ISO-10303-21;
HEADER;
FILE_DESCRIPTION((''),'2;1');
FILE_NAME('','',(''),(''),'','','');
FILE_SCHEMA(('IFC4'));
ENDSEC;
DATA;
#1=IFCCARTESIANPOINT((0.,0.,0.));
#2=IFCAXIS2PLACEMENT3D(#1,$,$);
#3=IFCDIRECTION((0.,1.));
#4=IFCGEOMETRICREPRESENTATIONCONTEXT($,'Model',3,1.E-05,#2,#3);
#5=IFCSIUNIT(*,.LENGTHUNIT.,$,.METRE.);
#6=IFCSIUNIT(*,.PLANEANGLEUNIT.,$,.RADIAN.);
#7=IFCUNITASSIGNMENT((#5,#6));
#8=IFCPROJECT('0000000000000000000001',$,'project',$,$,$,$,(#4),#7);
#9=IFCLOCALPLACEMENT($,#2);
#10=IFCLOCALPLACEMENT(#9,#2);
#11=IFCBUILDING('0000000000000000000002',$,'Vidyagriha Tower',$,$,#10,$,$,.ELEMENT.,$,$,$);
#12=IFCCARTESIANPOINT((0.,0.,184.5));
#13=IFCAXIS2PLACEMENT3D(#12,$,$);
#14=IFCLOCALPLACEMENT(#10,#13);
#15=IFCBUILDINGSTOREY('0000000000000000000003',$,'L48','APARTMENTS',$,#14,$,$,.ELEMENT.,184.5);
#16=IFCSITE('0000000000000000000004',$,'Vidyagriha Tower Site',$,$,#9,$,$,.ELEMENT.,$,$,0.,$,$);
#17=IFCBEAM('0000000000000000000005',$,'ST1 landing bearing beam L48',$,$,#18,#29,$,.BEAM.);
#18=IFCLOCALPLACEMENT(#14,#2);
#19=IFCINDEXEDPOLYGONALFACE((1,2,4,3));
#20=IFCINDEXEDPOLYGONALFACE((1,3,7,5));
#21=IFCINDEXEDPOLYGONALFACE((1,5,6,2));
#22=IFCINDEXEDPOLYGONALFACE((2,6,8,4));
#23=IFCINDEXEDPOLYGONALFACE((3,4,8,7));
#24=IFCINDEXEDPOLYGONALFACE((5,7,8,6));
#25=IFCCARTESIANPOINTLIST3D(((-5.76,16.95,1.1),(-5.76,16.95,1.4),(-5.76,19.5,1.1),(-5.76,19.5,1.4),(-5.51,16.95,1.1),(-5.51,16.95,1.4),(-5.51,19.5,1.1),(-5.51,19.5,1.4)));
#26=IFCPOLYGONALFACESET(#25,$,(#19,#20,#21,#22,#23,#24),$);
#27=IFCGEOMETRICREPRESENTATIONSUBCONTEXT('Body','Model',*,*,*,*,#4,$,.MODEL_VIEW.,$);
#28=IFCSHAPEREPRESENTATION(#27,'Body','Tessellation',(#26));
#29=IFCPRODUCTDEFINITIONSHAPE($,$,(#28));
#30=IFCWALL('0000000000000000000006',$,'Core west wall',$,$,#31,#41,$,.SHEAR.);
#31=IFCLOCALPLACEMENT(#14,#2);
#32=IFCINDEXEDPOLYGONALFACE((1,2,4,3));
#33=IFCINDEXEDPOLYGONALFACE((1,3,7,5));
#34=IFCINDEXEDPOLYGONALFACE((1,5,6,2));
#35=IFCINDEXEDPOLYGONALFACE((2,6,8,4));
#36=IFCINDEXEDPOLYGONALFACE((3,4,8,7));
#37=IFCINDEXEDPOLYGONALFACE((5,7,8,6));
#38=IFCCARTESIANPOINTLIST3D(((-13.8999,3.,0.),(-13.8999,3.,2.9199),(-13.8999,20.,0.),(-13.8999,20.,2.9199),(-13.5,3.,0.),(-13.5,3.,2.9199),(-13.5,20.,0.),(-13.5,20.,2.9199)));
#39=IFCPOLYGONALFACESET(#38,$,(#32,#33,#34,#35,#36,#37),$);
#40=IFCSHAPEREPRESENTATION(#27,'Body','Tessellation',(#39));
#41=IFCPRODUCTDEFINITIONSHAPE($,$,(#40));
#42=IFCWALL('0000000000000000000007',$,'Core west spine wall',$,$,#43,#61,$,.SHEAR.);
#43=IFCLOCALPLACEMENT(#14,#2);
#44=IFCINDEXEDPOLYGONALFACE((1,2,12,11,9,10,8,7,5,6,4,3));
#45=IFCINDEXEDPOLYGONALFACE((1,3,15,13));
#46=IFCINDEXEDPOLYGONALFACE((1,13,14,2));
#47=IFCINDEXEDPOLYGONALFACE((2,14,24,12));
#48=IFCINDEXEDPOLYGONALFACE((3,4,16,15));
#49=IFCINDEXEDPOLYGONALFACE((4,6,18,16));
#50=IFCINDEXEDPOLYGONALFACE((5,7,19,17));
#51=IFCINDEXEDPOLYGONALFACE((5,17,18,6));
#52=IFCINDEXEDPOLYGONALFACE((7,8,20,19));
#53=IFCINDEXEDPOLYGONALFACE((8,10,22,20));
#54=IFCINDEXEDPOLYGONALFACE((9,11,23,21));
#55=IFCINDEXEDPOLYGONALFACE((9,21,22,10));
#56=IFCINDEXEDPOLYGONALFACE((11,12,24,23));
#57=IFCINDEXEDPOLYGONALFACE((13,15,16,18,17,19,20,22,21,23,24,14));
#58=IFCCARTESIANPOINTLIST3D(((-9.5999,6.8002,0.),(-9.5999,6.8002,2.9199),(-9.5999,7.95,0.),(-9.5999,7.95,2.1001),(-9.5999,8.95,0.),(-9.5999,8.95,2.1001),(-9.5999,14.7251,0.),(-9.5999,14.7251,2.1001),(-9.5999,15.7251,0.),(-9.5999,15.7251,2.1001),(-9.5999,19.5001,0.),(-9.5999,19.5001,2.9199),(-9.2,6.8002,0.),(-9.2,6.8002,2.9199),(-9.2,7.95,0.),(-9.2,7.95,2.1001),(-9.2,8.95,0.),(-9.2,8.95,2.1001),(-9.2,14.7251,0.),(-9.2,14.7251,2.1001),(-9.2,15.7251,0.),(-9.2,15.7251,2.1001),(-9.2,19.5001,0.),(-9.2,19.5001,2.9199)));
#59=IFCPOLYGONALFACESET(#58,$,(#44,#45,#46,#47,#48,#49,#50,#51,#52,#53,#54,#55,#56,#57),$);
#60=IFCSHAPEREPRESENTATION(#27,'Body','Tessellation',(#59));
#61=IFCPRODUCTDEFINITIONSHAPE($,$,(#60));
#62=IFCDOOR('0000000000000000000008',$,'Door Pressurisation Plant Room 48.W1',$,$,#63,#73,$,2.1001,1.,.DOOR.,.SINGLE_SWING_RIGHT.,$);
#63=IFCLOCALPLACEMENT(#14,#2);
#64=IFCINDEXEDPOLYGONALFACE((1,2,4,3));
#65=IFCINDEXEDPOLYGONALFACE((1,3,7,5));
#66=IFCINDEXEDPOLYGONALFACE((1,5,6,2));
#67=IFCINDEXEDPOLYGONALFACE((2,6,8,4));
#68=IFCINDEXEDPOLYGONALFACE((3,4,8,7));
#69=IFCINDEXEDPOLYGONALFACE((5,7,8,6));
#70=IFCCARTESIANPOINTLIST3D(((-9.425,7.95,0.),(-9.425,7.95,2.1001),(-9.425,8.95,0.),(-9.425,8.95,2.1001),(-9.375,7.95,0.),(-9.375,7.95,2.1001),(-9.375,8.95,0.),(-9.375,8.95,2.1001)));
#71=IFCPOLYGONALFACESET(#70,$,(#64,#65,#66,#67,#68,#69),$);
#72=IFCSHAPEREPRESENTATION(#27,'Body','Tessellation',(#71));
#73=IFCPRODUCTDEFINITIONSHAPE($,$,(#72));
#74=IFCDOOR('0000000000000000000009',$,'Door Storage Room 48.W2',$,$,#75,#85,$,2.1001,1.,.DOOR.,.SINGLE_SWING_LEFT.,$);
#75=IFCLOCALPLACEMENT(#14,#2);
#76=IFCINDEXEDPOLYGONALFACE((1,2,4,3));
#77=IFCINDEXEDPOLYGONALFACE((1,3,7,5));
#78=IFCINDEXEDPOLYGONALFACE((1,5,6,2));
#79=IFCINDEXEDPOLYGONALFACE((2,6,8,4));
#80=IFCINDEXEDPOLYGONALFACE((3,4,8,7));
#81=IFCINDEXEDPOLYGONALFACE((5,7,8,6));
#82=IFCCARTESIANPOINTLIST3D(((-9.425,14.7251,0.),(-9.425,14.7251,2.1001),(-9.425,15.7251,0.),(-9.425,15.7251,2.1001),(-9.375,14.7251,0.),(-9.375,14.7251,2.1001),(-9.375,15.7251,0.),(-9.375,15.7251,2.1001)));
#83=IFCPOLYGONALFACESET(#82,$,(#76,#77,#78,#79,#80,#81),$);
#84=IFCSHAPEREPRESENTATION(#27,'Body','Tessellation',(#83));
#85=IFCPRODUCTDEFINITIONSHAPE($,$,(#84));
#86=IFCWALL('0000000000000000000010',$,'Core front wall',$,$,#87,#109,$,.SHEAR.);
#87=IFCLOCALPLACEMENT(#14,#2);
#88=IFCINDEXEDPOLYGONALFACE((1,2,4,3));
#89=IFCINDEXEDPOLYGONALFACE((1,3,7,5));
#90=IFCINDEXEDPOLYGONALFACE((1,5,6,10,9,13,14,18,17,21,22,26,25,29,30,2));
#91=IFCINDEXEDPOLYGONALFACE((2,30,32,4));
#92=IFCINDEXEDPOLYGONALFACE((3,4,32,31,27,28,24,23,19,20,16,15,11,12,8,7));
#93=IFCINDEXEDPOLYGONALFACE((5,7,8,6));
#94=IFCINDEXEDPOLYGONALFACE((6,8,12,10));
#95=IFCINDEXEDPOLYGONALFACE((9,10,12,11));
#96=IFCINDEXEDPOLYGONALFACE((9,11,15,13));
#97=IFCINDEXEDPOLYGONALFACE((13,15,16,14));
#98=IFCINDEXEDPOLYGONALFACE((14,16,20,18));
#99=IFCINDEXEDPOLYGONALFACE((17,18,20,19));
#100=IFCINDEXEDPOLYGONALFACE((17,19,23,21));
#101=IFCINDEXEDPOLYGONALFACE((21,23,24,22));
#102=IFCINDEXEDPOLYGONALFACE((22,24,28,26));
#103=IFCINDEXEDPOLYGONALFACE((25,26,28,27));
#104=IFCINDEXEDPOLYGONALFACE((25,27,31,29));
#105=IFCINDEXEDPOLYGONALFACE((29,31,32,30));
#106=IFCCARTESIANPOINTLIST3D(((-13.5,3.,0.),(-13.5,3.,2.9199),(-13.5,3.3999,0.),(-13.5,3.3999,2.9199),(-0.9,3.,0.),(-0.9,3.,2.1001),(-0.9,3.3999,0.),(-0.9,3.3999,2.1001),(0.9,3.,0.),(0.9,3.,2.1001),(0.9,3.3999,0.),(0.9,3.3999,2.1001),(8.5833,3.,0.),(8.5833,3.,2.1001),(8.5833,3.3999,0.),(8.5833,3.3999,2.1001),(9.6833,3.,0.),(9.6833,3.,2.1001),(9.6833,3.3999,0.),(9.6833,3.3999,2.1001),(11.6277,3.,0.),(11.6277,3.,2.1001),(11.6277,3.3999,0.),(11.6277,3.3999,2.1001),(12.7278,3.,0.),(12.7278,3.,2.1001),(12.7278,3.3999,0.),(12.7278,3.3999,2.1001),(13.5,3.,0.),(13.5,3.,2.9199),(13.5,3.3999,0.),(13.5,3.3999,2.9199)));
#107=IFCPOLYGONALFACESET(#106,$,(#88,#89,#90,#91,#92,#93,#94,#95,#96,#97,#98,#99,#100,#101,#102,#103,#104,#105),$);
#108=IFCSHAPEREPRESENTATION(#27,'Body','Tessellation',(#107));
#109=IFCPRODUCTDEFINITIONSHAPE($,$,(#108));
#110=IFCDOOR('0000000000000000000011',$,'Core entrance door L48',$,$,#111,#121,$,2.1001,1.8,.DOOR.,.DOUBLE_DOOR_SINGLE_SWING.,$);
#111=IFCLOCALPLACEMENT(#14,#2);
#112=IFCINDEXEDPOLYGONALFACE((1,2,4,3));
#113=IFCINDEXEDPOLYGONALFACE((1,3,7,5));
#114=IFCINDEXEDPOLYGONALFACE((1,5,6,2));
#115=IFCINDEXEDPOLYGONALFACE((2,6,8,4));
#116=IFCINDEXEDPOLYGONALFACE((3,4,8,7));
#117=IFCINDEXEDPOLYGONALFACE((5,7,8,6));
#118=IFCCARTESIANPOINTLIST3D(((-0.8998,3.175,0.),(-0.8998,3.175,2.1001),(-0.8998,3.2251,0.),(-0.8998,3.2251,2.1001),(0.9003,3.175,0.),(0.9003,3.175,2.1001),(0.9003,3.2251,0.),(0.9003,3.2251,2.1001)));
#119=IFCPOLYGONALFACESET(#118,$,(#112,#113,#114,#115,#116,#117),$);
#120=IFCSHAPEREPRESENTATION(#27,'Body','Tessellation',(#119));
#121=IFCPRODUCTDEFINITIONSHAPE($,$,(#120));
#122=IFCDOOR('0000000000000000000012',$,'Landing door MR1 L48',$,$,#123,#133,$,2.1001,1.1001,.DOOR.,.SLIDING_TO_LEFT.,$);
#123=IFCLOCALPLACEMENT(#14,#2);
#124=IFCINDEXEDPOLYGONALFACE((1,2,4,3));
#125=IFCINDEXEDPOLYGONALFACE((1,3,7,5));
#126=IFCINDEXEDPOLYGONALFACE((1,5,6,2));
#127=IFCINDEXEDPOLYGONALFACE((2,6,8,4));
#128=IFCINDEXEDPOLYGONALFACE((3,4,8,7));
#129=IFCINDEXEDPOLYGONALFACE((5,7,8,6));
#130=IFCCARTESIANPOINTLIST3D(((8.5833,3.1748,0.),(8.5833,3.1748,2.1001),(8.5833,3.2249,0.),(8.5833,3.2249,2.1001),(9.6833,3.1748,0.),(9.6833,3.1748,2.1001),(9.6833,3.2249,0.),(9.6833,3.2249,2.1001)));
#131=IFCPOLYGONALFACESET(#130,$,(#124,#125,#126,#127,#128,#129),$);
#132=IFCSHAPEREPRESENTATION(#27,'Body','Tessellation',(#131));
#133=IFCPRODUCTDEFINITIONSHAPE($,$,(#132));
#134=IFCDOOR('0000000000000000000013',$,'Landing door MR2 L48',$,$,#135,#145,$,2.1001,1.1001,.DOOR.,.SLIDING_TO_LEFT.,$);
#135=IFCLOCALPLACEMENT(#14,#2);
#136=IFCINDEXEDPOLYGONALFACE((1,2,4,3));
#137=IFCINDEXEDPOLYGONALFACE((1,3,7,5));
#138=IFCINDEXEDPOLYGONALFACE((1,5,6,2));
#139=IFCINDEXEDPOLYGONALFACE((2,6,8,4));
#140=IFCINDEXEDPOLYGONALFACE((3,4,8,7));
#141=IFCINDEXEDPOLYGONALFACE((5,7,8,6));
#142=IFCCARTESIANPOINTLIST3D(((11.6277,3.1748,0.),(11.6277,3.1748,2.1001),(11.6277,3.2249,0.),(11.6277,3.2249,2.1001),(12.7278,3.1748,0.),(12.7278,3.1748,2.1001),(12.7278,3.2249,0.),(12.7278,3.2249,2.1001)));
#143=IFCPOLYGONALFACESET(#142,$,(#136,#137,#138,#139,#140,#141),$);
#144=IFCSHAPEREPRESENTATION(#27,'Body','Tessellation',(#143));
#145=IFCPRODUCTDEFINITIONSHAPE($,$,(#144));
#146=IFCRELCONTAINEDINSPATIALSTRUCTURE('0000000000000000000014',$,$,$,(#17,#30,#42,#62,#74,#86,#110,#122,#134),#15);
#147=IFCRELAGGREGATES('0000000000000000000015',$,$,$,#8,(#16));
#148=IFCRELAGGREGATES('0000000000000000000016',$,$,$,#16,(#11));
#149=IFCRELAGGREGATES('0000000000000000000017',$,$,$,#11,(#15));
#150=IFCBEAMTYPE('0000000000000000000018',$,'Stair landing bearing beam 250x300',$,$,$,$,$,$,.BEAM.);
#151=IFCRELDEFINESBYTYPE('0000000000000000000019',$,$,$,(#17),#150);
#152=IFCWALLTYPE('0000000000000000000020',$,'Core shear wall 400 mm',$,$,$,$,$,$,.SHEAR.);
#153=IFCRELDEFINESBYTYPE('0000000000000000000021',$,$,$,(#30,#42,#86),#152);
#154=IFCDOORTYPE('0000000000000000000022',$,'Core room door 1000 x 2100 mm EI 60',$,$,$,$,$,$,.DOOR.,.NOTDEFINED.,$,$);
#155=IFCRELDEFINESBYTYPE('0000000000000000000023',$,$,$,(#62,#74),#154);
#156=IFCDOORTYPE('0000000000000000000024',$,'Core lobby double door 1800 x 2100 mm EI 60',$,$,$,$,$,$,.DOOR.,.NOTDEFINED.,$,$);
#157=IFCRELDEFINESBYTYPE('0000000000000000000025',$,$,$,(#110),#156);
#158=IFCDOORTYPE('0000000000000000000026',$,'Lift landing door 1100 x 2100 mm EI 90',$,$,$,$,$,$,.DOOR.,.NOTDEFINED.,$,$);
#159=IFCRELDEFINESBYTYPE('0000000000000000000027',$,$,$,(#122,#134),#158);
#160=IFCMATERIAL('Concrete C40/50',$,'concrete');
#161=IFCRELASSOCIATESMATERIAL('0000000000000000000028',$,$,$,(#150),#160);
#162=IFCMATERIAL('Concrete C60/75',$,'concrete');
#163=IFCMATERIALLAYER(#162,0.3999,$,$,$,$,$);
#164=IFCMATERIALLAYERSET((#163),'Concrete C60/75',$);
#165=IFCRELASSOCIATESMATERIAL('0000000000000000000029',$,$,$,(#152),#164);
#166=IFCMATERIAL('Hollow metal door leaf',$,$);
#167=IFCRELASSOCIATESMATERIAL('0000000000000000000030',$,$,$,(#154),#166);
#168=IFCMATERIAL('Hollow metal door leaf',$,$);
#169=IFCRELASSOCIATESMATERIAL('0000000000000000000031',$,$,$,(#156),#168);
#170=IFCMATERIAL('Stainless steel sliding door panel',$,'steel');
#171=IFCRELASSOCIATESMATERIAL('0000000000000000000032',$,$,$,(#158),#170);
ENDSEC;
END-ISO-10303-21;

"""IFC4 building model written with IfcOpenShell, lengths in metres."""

from ifc_helpers import new_model, si_unit, direction, frame, frame_2d, origin, origin_2d, place, context, subcontext, project, spatial, rectangle, extrude, material, layer, layer_set, material_profile, profile_set, type_object, element, fill, save


model = new_model("IFC4")

# Units and contexts
model_context = context("Model", 3, precision=1e-05, world=origin(), true_north=direction((0.0, 1.0)))
body_context = subcontext(model_context, "Body", "Model", "MODEL_VIEW")
ifc_project = project(units=[si_unit("LENGTHUNIT", "METRE"), si_unit("PLANEANGLEUNIT", "RADIAN")], contexts=[model_context])

# Site, building, storey
site_placement = place(None, origin())
site = spatial("IfcSite", under=ifc_project, at=site_placement, Name="Vidyagriha Tower Site", CompositionType="ELEMENT", RefElevation=0.0)
building_placement = place(site_placement, origin())
building = spatial("IfcBuilding", under=site, at=building_placement, Name="Vidyagriha Tower", CompositionType="ELEMENT")
storey_placement = place(building_placement, frame((0.0, 0.0, 184.5)))
storey = spatial("IfcBuildingStorey", under=building, at=storey_placement, Name="L48", Description="APARTMENTS", CompositionType="ELEMENT", Elevation=184.5)

# Beam
ifc_material_1 = material(Name="Concrete C40/50", Category="concrete")
ifc_material_profile = material_profile(ifc_material_1, rectangle(XDim=0.25, YDim=0.3, at=origin_2d()), Name="Stair landing bearing beam 250x300")
ifc_profile_set = profile_set([ifc_material_profile], Name="Concrete C40/50")
beam_type = type_object("IfcBeamType", Name="Stair landing bearing beam 250x300", PredefinedType="BEAM", material=ifc_profile_set)
beam_placement = place(storey_placement, frame((-5.635, 16.95, 1.25), z_axis=(0.0, 1.0, 0.0), x_axis=(-1.0, 0.0, 0.0)))
element("IfcBeam", 1, at=beam_placement, inside=storey, type_object=beam_type, Name="ST1 landing bearing beam L48", PredefinedType="BEAM", context=body_context, shape_type="SweptSolid", body=[
    extrude(rectangle(XDim=0.25, YDim=0.3, at=origin_2d()), origin(), (0.0, 0.0, 1.0), 2.55),
])

# Wall
ifc_material_2 = material(Name="Concrete C60/75", Category="concrete")
ifc_layer_1 = layer(ifc_material_2, 0.3999)
ifc_layer_set_1 = layer_set([ifc_layer_1], Name="Concrete C60/75")
wall_type_1 = type_object("IfcWallType", Name="Core shear wall 400 mm", PredefinedType="SHEAR", material=ifc_layer_set_1)
wall_1_placement = place(storey_placement, frame((-13.7, 3.0, 0.0), z_axis=(0.0, 0.0, 1.0), x_axis=(0.0, 1.0, 0.0)))
element("IfcWall", 2, at=wall_1_placement, inside=storey, type_object=wall_type_1, Name="Core west wall", PredefinedType="SHEAR", context=body_context, shape_type="SweptSolid", body=[
    extrude(rectangle(XDim=17.0, YDim=0.3999, at=frame_2d((8.5, 0.0))), origin(), (0.0, 0.0, 1.0), 2.9199),
])

# Walls, openings, doors
wall_2_placement = place(storey_placement, frame((-9.3999, 6.8, 0.0), z_axis=(0.0, 0.0, 1.0), x_axis=(0.0, 1.0, 0.0)))
wall_2 = element("IfcWall", 3, at=wall_2_placement, inside=storey, type_object=wall_type_1, Name="Core west spine wall", PredefinedType="SHEAR", context=body_context, shape_type="SweptSolid", body=[
    extrude(rectangle(XDim=12.7, YDim=0.3999, at=frame_2d((6.3501, 0.0))), origin(), (0.0, 0.0, 1.0), 2.9199),
])
opening_1_placement = place(wall_2_placement, frame((1.1499, 0.0, 0.0)))
opening_1 = element("IfcOpeningElement", 4, at=opening_1_placement, cuts=wall_2, PredefinedType="OPENING", context=body_context, shape_type="SweptSolid", body=[
    extrude(rectangle(XDim=1.0, YDim=2.1001, at=frame_2d((0.5, 1.05))), frame((0.0, 0.21, 0.0), z_axis=(0.0, -1.0, 0.0), x_axis=(1.0, 0.0, 0.0)), (0.0, 0.0, 1.0), 0.4199),
])
opening_2_placement = place(wall_2_placement, frame((7.925, 0.0, 0.0)))
opening_2 = element("IfcOpeningElement", 5, at=opening_2_placement, cuts=wall_2, PredefinedType="OPENING", context=body_context, shape_type="SweptSolid", body=[
    extrude(rectangle(XDim=1.0, YDim=2.1001, at=frame_2d((0.5, 1.05))), frame((0.0, 0.21, 0.0), z_axis=(0.0, -1.0, 0.0), x_axis=(1.0, 0.0, 0.0)), (0.0, 0.0, 1.0), 0.4199),
])
ifc_material_3 = material(Name="Hollow metal door leaf")
door_type_1 = type_object("IfcDoorType", Name="Core room door 1000 x 2100 mm EI 60", OperationType="NOTDEFINED", PredefinedType="DOOR", material=ifc_material_3)
door_1_placement = place(opening_1_placement, frame((1.0, 0.0, 0.0), z_axis=(0.0, 0.0, 1.0), x_axis=(-1.0, 0.0, 0.0)))
door_1 = element("IfcDoor", 6, at=door_1_placement, inside=storey, type_object=door_type_1, Name="Door Pressurisation Plant Room 48.W1", OperationType="SINGLE_SWING_RIGHT", OverallHeight=2.1001, OverallWidth=1.0, PredefinedType="DOOR", context=body_context, shape_type="SweptSolid", body=[
    extrude(rectangle(XDim=1.0, YDim=2.1001, at=frame_2d((0.5, 1.05))), frame((0.0, 0.0249, 0.0), z_axis=(0.0, -1.0, 0.0), x_axis=(1.0, 0.0, 0.0)), (0.0, 0.0, 1.0), 0.05),
])
fill(opening_1, door_1)
door_2_placement = place(opening_2_placement, frame((1.0, 0.0, 0.0), z_axis=(0.0, 0.0, 1.0), x_axis=(-1.0, 0.0, 0.0)))
door_2 = element("IfcDoor", 7, at=door_2_placement, inside=storey, type_object=door_type_1, Name="Door Storage Room 48.W2", OperationType="SINGLE_SWING_LEFT", OverallHeight=2.1001, OverallWidth=1.0, PredefinedType="DOOR", context=body_context, shape_type="SweptSolid", body=[
    extrude(rectangle(XDim=1.0, YDim=2.1001, at=frame_2d((0.5, 1.05))), frame((0.0, 0.0249, 0.0), z_axis=(0.0, -1.0, 0.0), x_axis=(1.0, 0.0, 0.0)), (0.0, 0.0, 1.0), 0.05),
])
fill(opening_2, door_2)
wall_3_placement = place(storey_placement, frame((-13.5, 3.2, 0.0)))
wall_3 = element("IfcWall", 8, at=wall_3_placement, inside=storey, type_object=wall_type_1, Name="Core front wall", PredefinedType="SHEAR", context=body_context, shape_type="SweptSolid", body=[
    extrude(rectangle(XDim=27.0, YDim=0.3999, at=frame_2d((13.5, 0.0))), origin(), (0.0, 0.0, 1.0), 2.9199),
])
opening_3_placement = place(wall_3_placement, frame((22.0833, 0.0, 0.0)))
opening_3 = element("IfcOpeningElement", 9, at=opening_3_placement, cuts=wall_3, PredefinedType="OPENING", context=body_context, shape_type="SweptSolid", body=[
    extrude(rectangle(XDim=1.1001, YDim=2.1001, at=frame_2d((0.55, 1.05))), frame((0.0, 0.21, 0.0), z_axis=(0.0, -1.0, 0.0), x_axis=(1.0, 0.0, 0.0)), (0.0, 0.0, 1.0), 0.4199),
])
opening_4_placement = place(wall_3_placement, frame((25.1277, 0.0, 0.0)))
opening_4 = element("IfcOpeningElement", 10, at=opening_4_placement, cuts=wall_3, PredefinedType="OPENING", context=body_context, shape_type="SweptSolid", body=[
    extrude(rectangle(XDim=1.1001, YDim=2.1001, at=frame_2d((0.55, 1.05))), frame((0.0, 0.21, 0.0), z_axis=(0.0, -1.0, 0.0), x_axis=(1.0, 0.0, 0.0)), (0.0, 0.0, 1.0), 0.4199),
])
opening_5_placement = place(wall_3_placement, frame((12.6001, 0.0, 0.0)))
opening_5 = element("IfcOpeningElement", 11, at=opening_5_placement, cuts=wall_3, PredefinedType="OPENING", context=body_context, shape_type="SweptSolid", body=[
    extrude(rectangle(XDim=1.8, YDim=2.1001, at=frame_2d((0.8999, 1.05))), frame((0.0, 0.21, 0.0), z_axis=(0.0, -1.0, 0.0), x_axis=(1.0, 0.0, 0.0)), (0.0, 0.0, 1.0), 0.4199),
])
ifc_material_4 = material(Name="Hollow metal door leaf")
door_type_2 = type_object("IfcDoorType", Name="Core lobby double door 1800 x 2100 mm EI 60", OperationType="NOTDEFINED", PredefinedType="DOOR", material=ifc_material_4)
door_3_placement = place(opening_5_placement, frame((1.8, 0.0, 0.0), z_axis=(0.0, 0.0, 1.0), x_axis=(-1.0, 0.0, 0.0)))
door_3 = element("IfcDoor", 12, at=door_3_placement, inside=storey, type_object=door_type_2, Name="Core entrance door L48", OperationType="DOUBLE_DOOR_SINGLE_SWING", OverallHeight=2.1001, OverallWidth=1.8, PredefinedType="DOOR", context=body_context, shape_type="SweptSolid", body=[
    extrude(rectangle(XDim=1.8, YDim=2.1001, at=frame_2d((0.8999, 1.05))), frame((0.0, 0.0249, 0.0), z_axis=(0.0, -1.0, 0.0), x_axis=(1.0, 0.0, 0.0)), (0.0, 0.0, 1.0), 0.05),
])
fill(opening_5, door_3)
ifc_material_5 = material(Name="Stainless steel sliding door panel", Category="steel")
door_type_3 = type_object("IfcDoorType", Name="Lift landing door 1100 x 2100 mm EI 90", OperationType="NOTDEFINED", PredefinedType="DOOR", material=ifc_material_5)
door_4_placement = place(opening_3_placement, origin())
door_4 = element("IfcDoor", 13, at=door_4_placement, inside=storey, type_object=door_type_3, Name="Landing door MR1 L48", OperationType="SLIDING_TO_LEFT", OverallHeight=2.1001, OverallWidth=1.1001, PredefinedType="DOOR", context=body_context, shape_type="SweptSolid", body=[
    extrude(rectangle(XDim=1.1001, YDim=2.1001, at=frame_2d((0.55, 1.05))), frame((0.0, 0.0249, 0.0), z_axis=(0.0, -1.0, 0.0), x_axis=(1.0, 0.0, 0.0)), (0.0, 0.0, 1.0), 0.05),
])
fill(opening_3, door_4)
door_5_placement = place(opening_4_placement, origin())
door_5 = element("IfcDoor", 14, at=door_5_placement, inside=storey, type_object=door_type_3, Name="Landing door MR2 L48", OperationType="SLIDING_TO_LEFT", OverallHeight=2.1001, OverallWidth=1.1001, PredefinedType="DOOR", context=body_context, shape_type="SweptSolid", body=[
    extrude(rectangle(XDim=1.1001, YDim=2.1001, at=frame_2d((0.55, 1.05))), frame((0.0, 0.0249, 0.0), z_axis=(0.0, -1.0, 0.0), x_axis=(1.0, 0.0, 0.0)), (0.0, 0.0, 1.0), 0.05),
])
fill(opening_4, door_5)

save(model, "model.ifc")
